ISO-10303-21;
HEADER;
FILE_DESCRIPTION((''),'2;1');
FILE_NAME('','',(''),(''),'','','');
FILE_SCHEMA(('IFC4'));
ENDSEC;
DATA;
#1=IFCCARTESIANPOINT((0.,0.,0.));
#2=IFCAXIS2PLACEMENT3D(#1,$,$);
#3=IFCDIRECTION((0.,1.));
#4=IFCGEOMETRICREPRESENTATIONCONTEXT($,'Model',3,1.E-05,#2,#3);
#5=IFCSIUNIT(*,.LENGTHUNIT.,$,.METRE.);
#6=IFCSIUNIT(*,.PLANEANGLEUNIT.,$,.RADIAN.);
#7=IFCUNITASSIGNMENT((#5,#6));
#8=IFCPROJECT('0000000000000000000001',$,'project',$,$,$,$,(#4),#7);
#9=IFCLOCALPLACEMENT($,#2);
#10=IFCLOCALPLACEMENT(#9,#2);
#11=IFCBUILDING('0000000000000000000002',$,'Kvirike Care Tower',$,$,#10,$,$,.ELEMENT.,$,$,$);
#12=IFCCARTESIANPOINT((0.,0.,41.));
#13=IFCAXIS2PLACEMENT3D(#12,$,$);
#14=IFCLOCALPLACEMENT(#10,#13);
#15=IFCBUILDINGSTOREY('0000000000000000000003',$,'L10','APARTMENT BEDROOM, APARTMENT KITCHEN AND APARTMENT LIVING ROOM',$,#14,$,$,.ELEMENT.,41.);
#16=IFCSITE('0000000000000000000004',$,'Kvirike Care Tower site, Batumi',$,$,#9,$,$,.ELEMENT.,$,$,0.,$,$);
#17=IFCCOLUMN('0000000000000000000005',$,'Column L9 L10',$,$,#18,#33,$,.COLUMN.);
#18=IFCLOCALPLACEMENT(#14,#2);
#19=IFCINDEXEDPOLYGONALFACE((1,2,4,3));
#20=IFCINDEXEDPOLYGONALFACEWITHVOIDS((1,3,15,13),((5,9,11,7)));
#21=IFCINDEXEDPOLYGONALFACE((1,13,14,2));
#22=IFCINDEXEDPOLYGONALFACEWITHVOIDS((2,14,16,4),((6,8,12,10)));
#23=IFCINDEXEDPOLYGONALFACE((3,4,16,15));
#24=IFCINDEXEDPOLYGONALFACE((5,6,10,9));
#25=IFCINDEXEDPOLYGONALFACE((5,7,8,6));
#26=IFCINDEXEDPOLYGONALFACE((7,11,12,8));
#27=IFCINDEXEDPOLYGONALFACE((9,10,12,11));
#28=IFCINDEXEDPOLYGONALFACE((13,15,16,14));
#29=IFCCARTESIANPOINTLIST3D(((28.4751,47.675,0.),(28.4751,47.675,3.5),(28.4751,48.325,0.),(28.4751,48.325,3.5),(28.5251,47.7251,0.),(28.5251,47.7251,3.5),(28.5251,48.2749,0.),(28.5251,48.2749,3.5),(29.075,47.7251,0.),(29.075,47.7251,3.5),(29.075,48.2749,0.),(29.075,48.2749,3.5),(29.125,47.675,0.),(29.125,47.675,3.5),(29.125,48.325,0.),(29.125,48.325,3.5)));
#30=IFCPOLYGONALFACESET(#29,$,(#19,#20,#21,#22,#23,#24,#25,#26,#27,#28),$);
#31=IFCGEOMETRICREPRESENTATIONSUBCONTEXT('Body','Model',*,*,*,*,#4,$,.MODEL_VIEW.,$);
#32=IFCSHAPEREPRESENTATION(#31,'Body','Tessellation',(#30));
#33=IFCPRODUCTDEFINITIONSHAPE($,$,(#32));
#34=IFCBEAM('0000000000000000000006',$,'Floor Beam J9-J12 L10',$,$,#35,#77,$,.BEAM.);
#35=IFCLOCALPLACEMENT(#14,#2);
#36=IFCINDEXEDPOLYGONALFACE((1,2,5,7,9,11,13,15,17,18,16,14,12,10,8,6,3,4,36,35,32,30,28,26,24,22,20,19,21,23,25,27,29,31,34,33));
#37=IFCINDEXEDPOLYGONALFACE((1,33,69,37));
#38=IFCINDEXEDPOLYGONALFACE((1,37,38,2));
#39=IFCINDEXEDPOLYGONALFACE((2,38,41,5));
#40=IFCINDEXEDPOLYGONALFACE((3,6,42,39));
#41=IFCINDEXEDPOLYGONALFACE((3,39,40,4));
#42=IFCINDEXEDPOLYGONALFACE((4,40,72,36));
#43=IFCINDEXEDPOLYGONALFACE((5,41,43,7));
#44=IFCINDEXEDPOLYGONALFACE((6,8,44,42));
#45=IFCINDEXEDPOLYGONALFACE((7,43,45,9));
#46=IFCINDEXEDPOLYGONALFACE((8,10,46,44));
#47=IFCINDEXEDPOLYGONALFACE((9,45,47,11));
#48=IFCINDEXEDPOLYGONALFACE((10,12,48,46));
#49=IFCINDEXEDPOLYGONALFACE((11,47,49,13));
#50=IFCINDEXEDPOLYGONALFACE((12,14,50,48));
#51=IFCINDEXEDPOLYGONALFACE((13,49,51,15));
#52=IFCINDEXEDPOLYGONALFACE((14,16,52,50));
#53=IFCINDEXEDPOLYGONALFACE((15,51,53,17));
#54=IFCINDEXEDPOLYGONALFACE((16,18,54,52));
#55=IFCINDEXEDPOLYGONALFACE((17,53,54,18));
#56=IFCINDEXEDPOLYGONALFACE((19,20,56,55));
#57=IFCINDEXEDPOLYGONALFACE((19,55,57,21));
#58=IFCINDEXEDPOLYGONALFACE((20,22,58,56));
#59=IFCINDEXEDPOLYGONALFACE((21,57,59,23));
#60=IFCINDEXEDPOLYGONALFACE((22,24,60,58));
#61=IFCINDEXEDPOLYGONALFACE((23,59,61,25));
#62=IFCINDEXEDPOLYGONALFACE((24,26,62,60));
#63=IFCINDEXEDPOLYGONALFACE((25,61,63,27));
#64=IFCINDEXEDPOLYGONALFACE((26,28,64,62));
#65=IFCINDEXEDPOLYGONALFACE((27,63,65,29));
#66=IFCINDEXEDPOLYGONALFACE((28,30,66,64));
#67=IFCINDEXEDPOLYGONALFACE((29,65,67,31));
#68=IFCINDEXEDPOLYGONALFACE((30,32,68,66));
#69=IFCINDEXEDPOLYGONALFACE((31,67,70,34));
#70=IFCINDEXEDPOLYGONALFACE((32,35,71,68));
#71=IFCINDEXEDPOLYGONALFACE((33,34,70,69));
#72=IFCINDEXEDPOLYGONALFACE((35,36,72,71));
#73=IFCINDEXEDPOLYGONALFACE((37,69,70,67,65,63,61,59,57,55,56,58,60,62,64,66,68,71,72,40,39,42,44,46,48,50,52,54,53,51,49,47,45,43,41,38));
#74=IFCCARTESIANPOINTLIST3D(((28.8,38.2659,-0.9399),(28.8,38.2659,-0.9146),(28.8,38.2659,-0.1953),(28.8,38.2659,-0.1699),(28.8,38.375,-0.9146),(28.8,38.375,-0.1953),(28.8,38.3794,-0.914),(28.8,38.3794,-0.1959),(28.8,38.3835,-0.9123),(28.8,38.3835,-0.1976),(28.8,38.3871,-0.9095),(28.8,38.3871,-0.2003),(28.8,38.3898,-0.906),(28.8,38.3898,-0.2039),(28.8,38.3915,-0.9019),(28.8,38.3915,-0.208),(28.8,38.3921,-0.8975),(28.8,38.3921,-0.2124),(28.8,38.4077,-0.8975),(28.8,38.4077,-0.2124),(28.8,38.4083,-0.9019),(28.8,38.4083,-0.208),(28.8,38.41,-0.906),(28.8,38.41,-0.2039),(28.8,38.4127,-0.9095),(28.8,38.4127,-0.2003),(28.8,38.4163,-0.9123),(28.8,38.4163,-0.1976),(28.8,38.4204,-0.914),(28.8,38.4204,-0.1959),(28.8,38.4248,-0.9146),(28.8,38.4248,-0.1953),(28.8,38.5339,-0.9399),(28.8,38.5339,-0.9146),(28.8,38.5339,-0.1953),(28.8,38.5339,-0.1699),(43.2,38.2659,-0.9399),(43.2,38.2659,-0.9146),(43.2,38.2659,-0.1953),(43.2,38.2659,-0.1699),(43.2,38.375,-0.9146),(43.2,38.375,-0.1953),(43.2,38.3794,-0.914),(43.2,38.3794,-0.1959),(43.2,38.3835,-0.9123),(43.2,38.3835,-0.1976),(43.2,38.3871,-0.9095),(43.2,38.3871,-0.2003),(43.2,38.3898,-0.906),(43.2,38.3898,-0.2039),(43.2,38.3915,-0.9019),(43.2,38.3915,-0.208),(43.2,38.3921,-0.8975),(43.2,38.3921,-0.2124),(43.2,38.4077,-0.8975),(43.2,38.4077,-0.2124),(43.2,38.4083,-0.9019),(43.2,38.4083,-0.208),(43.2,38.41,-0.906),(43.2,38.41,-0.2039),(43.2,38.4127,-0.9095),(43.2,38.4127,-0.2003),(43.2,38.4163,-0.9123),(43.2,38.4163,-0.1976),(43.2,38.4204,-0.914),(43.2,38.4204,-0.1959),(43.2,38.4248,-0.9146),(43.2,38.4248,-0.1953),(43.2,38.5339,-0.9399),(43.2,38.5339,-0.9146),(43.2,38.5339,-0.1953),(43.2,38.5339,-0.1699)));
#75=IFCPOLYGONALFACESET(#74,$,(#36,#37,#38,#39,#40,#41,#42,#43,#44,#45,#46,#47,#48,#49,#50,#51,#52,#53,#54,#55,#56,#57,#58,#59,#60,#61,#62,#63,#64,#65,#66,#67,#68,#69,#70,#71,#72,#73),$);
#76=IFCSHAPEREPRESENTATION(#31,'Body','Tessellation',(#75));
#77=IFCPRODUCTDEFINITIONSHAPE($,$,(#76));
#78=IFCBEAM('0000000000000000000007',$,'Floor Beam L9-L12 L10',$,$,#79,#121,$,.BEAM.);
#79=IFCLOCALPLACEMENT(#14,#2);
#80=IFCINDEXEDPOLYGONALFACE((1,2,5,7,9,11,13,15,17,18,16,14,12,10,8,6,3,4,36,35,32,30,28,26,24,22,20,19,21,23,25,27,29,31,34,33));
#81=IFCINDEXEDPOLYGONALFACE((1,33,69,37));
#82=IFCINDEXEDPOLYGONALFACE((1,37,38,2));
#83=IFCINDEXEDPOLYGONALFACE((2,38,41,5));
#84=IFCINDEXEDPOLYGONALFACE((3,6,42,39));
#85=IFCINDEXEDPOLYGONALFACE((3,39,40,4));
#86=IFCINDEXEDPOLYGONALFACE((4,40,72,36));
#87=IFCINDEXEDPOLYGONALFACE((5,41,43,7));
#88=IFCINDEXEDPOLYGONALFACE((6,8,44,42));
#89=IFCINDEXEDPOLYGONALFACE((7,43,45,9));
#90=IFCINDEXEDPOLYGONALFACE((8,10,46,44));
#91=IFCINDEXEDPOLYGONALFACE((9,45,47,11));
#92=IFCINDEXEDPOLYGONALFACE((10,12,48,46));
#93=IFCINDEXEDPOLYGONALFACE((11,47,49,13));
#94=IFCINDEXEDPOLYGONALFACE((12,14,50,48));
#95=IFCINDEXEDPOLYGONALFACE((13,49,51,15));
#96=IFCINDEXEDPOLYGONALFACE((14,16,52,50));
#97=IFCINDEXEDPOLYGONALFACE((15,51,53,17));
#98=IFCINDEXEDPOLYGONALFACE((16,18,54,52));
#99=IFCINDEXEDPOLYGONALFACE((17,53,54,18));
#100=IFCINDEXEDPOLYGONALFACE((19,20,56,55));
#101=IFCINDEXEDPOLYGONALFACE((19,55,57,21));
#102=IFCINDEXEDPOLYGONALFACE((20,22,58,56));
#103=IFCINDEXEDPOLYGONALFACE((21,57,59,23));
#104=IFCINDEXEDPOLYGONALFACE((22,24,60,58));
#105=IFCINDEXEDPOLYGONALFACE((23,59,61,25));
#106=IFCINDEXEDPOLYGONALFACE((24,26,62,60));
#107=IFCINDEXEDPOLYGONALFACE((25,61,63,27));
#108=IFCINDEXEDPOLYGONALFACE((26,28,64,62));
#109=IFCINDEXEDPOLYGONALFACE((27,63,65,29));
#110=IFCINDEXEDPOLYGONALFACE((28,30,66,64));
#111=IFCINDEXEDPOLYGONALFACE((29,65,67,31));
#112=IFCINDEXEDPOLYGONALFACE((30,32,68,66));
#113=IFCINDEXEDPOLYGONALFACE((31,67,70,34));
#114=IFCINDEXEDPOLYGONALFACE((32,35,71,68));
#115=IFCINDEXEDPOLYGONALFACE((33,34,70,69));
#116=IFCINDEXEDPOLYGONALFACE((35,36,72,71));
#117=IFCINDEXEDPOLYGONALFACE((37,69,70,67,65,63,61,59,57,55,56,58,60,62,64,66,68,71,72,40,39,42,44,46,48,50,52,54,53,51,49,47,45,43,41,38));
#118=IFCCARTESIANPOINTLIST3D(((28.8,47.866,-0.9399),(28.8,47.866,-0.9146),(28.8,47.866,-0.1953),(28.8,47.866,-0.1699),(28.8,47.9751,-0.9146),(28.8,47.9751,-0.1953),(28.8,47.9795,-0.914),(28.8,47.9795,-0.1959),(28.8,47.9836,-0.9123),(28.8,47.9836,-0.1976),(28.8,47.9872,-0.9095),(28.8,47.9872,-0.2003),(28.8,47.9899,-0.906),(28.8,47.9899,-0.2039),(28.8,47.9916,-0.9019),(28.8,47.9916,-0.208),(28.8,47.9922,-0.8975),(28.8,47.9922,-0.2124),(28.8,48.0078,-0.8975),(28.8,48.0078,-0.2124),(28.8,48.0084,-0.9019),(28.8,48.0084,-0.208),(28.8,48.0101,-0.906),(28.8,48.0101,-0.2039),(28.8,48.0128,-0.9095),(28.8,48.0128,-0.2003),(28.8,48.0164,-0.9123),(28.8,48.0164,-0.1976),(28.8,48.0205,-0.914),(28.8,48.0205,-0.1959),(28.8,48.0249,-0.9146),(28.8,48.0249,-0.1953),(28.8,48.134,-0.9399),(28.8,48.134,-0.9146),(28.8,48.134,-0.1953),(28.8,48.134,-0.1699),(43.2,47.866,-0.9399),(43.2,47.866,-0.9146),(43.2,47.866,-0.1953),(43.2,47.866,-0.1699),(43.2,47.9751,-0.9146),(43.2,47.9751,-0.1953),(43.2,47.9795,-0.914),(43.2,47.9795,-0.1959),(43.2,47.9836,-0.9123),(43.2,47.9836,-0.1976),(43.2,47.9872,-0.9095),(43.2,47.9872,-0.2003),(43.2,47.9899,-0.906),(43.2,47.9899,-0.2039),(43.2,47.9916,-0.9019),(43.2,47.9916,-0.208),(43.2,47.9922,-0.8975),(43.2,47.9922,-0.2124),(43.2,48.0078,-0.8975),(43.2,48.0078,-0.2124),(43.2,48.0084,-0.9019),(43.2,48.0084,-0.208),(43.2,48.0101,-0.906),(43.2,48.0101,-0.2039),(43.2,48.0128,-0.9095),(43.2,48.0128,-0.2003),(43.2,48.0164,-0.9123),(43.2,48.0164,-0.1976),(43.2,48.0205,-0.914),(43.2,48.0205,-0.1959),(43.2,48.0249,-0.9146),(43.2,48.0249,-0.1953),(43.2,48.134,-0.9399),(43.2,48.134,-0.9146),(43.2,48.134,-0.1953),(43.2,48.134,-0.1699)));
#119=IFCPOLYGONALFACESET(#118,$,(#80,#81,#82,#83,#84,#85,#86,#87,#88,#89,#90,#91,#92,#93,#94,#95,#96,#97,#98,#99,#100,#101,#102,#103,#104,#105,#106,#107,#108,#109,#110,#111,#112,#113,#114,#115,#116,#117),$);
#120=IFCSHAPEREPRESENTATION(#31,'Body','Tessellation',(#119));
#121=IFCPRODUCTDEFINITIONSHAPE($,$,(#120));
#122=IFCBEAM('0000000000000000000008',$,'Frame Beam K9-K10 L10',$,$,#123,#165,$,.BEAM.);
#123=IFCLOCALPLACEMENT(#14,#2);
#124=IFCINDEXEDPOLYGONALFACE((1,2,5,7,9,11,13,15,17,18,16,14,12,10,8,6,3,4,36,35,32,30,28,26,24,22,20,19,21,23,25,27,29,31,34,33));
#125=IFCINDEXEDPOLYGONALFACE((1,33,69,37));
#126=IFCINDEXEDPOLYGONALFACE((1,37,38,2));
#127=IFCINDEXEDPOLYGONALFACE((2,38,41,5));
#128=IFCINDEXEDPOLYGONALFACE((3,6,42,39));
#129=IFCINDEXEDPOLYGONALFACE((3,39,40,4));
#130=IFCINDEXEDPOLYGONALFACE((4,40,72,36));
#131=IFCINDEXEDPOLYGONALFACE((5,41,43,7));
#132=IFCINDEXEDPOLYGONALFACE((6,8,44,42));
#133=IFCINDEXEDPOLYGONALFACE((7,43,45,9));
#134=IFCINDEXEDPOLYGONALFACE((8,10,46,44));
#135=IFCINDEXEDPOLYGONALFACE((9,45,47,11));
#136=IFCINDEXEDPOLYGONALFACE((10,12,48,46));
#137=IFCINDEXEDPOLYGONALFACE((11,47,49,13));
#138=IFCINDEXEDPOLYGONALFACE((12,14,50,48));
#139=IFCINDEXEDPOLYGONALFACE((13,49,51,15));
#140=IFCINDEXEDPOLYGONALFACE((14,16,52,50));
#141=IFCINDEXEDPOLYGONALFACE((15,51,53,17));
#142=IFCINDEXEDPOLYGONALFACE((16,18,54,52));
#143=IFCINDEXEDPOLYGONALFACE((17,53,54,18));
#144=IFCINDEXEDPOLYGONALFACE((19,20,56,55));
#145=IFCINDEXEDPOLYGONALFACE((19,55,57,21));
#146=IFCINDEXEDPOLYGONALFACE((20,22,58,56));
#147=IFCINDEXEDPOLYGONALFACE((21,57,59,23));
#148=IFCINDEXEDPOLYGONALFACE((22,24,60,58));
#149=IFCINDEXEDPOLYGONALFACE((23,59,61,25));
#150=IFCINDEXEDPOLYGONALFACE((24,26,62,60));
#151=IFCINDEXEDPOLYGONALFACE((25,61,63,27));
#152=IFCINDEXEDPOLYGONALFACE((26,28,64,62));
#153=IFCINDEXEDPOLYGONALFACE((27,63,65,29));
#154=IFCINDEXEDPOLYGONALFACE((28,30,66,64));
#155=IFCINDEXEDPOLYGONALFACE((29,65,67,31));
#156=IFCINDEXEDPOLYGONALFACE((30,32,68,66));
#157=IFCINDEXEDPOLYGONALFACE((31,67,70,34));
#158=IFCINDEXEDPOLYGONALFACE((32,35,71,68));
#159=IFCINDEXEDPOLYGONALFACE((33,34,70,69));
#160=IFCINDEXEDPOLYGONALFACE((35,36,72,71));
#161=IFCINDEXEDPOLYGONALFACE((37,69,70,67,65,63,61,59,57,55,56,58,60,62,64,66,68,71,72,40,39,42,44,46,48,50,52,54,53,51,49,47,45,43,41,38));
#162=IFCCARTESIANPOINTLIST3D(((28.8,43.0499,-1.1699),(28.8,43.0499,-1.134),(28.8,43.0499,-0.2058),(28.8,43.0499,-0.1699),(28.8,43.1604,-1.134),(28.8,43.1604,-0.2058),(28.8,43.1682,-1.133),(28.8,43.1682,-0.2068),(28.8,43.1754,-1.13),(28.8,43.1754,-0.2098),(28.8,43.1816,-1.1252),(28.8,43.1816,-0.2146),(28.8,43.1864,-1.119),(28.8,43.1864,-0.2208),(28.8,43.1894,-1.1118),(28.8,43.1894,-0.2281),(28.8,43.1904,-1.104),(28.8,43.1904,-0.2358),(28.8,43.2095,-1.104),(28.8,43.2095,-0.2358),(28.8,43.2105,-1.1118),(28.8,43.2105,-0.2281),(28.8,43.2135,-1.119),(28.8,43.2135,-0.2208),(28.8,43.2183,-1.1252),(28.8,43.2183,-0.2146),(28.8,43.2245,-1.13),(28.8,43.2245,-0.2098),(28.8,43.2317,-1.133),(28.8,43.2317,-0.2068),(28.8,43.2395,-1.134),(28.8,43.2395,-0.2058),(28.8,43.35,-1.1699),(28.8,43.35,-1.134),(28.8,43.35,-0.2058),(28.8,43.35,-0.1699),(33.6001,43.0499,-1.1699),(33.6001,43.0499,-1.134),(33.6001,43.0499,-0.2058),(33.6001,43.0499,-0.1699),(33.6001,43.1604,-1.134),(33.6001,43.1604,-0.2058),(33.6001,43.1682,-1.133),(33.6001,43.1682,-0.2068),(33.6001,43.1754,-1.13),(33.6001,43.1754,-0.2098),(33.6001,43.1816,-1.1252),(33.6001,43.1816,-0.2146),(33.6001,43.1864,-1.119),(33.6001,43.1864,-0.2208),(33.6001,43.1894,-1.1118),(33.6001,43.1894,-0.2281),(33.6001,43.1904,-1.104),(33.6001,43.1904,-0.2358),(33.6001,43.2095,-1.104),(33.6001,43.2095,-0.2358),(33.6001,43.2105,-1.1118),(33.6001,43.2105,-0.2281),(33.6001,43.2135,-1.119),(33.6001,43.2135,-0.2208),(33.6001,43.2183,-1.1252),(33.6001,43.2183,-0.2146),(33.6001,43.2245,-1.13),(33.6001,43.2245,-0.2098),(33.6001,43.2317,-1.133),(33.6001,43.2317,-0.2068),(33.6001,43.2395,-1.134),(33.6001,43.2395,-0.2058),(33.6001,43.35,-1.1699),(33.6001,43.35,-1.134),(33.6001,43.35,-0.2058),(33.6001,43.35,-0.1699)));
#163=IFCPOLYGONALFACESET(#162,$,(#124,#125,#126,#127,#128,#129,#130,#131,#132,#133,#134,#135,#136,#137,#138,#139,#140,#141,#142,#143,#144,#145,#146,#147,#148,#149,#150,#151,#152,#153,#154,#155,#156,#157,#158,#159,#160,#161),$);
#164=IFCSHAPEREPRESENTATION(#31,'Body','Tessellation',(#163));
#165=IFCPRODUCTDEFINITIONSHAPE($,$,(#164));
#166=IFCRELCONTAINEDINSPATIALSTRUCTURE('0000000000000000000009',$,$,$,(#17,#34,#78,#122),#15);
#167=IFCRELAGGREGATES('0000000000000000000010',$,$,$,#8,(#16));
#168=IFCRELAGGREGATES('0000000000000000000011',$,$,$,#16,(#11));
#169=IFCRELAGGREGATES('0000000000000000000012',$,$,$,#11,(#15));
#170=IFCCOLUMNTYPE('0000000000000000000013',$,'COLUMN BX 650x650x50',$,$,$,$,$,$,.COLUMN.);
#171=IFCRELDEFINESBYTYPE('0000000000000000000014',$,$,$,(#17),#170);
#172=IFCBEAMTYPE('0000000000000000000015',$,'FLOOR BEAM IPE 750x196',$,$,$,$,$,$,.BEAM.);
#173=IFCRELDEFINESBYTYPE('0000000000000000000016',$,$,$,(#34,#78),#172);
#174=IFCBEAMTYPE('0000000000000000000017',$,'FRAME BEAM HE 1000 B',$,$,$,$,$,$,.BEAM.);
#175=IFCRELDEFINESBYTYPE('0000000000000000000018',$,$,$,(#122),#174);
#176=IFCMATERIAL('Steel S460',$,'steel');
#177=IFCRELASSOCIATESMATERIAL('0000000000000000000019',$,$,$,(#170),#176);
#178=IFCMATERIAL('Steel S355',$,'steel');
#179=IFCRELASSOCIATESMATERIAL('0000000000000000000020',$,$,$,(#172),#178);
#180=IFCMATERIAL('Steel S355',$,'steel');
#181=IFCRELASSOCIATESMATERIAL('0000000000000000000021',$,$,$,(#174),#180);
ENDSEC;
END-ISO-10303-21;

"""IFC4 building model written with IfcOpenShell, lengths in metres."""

from ifc_helpers import new_model, si_unit, direction, frame, origin, origin_2d, place, context, subcontext, project, spatial, hollow_rectangle, i_section, extrude, material, material_profile, profile_set, type_object, element, save


model = new_model("IFC4")

# Units and contexts
model_context = context("Model", 3, precision=1e-05, world=origin(), true_north=direction((0.0, 1.0)))
body_context = subcontext(model_context, "Body", "Model", "MODEL_VIEW")
ifc_project = project(units=[si_unit("LENGTHUNIT", "METRE"), si_unit("PLANEANGLEUNIT", "RADIAN")], contexts=[model_context])

# Site, building, storey
site_placement = place(None, origin())
site = spatial("IfcSite", under=ifc_project, at=site_placement, Name="Kvirike Care Tower site, Batumi", CompositionType="ELEMENT", RefElevation=0.0)
building_placement = place(site_placement, origin())
building = spatial("IfcBuilding", under=site, at=building_placement, Name="Kvirike Care Tower", CompositionType="ELEMENT")
storey_placement = place(building_placement, frame((0.0, 0.0, 41.0)))
storey = spatial("IfcBuildingStorey", under=building, at=storey_placement, Name="L10", Description="APARTMENT BEDROOM, APARTMENT KITCHEN AND APARTMENT LIVING ROOM", CompositionType="ELEMENT", Elevation=41.0)

# Column
ifc_material_1 = material(Name="Steel S460", Category="steel")
ifc_material_profile_1 = material_profile(ifc_material_1, hollow_rectangle(XDim=0.6499, YDim=0.6499, WallThickness=0.05, at=origin_2d()), Name="BX 650x650x50")
ifc_profile_set_1 = profile_set([ifc_material_profile_1], Name="Steel S460")
column_type = type_object("IfcColumnType", Name="COLUMN BX 650x650x50", PredefinedType="COLUMN", material=ifc_profile_set_1)
column_placement = place(storey_placement, frame((28.8, 48.0, 0.0), z_axis=(0.0, 0.0, 1.0), x_axis=(1.0, 0.0, 0.0)))
element("IfcColumn", 1, at=column_placement, inside=storey, type_object=column_type, Name="Column L9 L10", PredefinedType="COLUMN", context=body_context, shape_type="SweptSolid", body=[
    extrude(hollow_rectangle(XDim=0.6499, YDim=0.6499, WallThickness=0.05, at=origin_2d()), origin(), (0.0, 0.0, 1.0), 3.5),
])

# Beams
ifc_material_2 = material(Name="Steel S355", Category="steel")
ifc_material_profile_2 = material_profile(ifc_material_2, i_section(OverallWidth=0.2681, OverallDepth=0.77, WebThickness=0.0156, FlangeThickness=0.0254, FilletRadius=0.0171, at=origin_2d()), Name="IPE 750x196")
ifc_profile_set_2 = profile_set([ifc_material_profile_2], Name="Steel S355")
beam_type_1 = type_object("IfcBeamType", Name="FLOOR BEAM IPE 750x196", PredefinedType="BEAM", material=ifc_profile_set_2)
for number, where, z_axis, x_axis, name in (
    (2, (28.8, 38.3999, -0.5549), (1.0, 0.0, 0.0), (0.0, 1.0, 0.0), "Floor Beam J9-J12 L10"),
    (3, (28.8, 48.0, -0.5549), (1.0, 0.0, 0.0), (0.0, 1.0, 0.0), "Floor Beam L9-L12 L10"),
):
    element("IfcBeam", number, at=place(storey_placement, frame(where, z_axis=z_axis, x_axis=x_axis)), inside=storey, type_object=beam_type_1, Name=name, PredefinedType="BEAM", context=body_context, shape_type="SweptSolid", body=[
        extrude(i_section(OverallWidth=0.2681, OverallDepth=0.77, WebThickness=0.0156, FlangeThickness=0.0254, FilletRadius=0.0171, at=origin_2d()), origin(), (0.0, 0.0, 1.0), 14.3999),
    ])
ifc_material_3 = material(Name="Steel S355", Category="steel")
ifc_material_profile_3 = material_profile(ifc_material_3, i_section(OverallWidth=0.3, OverallDepth=1.0, WebThickness=0.019, FlangeThickness=0.0359, FilletRadius=0.03, at=origin_2d()), Name="HE 1000 B")
ifc_profile_set_3 = profile_set([ifc_material_profile_3], Name="Steel S355")
beam_type_2 = type_object("IfcBeamType", Name="FRAME BEAM HE 1000 B", PredefinedType="BEAM", material=ifc_profile_set_3)
for number, where, z_axis, x_axis, name in (
    (4, (28.8, 43.2, -0.6699), (1.0, 0.0, 0.0), (0.0, 1.0, 0.0), "Frame Beam K9-K10 L10"),
):
    element("IfcBeam", number, at=place(storey_placement, frame(where, z_axis=z_axis, x_axis=x_axis)), inside=storey, type_object=beam_type_2, Name=name, PredefinedType="BEAM", context=body_context, shape_type="SweptSolid", body=[
        extrude(i_section(OverallWidth=0.3, OverallDepth=1.0, WebThickness=0.019, FlangeThickness=0.0359, FilletRadius=0.03, at=origin_2d()), origin(), (0.0, 0.0, 1.0), 4.8),
    ])

save(model, "model.ifc")
